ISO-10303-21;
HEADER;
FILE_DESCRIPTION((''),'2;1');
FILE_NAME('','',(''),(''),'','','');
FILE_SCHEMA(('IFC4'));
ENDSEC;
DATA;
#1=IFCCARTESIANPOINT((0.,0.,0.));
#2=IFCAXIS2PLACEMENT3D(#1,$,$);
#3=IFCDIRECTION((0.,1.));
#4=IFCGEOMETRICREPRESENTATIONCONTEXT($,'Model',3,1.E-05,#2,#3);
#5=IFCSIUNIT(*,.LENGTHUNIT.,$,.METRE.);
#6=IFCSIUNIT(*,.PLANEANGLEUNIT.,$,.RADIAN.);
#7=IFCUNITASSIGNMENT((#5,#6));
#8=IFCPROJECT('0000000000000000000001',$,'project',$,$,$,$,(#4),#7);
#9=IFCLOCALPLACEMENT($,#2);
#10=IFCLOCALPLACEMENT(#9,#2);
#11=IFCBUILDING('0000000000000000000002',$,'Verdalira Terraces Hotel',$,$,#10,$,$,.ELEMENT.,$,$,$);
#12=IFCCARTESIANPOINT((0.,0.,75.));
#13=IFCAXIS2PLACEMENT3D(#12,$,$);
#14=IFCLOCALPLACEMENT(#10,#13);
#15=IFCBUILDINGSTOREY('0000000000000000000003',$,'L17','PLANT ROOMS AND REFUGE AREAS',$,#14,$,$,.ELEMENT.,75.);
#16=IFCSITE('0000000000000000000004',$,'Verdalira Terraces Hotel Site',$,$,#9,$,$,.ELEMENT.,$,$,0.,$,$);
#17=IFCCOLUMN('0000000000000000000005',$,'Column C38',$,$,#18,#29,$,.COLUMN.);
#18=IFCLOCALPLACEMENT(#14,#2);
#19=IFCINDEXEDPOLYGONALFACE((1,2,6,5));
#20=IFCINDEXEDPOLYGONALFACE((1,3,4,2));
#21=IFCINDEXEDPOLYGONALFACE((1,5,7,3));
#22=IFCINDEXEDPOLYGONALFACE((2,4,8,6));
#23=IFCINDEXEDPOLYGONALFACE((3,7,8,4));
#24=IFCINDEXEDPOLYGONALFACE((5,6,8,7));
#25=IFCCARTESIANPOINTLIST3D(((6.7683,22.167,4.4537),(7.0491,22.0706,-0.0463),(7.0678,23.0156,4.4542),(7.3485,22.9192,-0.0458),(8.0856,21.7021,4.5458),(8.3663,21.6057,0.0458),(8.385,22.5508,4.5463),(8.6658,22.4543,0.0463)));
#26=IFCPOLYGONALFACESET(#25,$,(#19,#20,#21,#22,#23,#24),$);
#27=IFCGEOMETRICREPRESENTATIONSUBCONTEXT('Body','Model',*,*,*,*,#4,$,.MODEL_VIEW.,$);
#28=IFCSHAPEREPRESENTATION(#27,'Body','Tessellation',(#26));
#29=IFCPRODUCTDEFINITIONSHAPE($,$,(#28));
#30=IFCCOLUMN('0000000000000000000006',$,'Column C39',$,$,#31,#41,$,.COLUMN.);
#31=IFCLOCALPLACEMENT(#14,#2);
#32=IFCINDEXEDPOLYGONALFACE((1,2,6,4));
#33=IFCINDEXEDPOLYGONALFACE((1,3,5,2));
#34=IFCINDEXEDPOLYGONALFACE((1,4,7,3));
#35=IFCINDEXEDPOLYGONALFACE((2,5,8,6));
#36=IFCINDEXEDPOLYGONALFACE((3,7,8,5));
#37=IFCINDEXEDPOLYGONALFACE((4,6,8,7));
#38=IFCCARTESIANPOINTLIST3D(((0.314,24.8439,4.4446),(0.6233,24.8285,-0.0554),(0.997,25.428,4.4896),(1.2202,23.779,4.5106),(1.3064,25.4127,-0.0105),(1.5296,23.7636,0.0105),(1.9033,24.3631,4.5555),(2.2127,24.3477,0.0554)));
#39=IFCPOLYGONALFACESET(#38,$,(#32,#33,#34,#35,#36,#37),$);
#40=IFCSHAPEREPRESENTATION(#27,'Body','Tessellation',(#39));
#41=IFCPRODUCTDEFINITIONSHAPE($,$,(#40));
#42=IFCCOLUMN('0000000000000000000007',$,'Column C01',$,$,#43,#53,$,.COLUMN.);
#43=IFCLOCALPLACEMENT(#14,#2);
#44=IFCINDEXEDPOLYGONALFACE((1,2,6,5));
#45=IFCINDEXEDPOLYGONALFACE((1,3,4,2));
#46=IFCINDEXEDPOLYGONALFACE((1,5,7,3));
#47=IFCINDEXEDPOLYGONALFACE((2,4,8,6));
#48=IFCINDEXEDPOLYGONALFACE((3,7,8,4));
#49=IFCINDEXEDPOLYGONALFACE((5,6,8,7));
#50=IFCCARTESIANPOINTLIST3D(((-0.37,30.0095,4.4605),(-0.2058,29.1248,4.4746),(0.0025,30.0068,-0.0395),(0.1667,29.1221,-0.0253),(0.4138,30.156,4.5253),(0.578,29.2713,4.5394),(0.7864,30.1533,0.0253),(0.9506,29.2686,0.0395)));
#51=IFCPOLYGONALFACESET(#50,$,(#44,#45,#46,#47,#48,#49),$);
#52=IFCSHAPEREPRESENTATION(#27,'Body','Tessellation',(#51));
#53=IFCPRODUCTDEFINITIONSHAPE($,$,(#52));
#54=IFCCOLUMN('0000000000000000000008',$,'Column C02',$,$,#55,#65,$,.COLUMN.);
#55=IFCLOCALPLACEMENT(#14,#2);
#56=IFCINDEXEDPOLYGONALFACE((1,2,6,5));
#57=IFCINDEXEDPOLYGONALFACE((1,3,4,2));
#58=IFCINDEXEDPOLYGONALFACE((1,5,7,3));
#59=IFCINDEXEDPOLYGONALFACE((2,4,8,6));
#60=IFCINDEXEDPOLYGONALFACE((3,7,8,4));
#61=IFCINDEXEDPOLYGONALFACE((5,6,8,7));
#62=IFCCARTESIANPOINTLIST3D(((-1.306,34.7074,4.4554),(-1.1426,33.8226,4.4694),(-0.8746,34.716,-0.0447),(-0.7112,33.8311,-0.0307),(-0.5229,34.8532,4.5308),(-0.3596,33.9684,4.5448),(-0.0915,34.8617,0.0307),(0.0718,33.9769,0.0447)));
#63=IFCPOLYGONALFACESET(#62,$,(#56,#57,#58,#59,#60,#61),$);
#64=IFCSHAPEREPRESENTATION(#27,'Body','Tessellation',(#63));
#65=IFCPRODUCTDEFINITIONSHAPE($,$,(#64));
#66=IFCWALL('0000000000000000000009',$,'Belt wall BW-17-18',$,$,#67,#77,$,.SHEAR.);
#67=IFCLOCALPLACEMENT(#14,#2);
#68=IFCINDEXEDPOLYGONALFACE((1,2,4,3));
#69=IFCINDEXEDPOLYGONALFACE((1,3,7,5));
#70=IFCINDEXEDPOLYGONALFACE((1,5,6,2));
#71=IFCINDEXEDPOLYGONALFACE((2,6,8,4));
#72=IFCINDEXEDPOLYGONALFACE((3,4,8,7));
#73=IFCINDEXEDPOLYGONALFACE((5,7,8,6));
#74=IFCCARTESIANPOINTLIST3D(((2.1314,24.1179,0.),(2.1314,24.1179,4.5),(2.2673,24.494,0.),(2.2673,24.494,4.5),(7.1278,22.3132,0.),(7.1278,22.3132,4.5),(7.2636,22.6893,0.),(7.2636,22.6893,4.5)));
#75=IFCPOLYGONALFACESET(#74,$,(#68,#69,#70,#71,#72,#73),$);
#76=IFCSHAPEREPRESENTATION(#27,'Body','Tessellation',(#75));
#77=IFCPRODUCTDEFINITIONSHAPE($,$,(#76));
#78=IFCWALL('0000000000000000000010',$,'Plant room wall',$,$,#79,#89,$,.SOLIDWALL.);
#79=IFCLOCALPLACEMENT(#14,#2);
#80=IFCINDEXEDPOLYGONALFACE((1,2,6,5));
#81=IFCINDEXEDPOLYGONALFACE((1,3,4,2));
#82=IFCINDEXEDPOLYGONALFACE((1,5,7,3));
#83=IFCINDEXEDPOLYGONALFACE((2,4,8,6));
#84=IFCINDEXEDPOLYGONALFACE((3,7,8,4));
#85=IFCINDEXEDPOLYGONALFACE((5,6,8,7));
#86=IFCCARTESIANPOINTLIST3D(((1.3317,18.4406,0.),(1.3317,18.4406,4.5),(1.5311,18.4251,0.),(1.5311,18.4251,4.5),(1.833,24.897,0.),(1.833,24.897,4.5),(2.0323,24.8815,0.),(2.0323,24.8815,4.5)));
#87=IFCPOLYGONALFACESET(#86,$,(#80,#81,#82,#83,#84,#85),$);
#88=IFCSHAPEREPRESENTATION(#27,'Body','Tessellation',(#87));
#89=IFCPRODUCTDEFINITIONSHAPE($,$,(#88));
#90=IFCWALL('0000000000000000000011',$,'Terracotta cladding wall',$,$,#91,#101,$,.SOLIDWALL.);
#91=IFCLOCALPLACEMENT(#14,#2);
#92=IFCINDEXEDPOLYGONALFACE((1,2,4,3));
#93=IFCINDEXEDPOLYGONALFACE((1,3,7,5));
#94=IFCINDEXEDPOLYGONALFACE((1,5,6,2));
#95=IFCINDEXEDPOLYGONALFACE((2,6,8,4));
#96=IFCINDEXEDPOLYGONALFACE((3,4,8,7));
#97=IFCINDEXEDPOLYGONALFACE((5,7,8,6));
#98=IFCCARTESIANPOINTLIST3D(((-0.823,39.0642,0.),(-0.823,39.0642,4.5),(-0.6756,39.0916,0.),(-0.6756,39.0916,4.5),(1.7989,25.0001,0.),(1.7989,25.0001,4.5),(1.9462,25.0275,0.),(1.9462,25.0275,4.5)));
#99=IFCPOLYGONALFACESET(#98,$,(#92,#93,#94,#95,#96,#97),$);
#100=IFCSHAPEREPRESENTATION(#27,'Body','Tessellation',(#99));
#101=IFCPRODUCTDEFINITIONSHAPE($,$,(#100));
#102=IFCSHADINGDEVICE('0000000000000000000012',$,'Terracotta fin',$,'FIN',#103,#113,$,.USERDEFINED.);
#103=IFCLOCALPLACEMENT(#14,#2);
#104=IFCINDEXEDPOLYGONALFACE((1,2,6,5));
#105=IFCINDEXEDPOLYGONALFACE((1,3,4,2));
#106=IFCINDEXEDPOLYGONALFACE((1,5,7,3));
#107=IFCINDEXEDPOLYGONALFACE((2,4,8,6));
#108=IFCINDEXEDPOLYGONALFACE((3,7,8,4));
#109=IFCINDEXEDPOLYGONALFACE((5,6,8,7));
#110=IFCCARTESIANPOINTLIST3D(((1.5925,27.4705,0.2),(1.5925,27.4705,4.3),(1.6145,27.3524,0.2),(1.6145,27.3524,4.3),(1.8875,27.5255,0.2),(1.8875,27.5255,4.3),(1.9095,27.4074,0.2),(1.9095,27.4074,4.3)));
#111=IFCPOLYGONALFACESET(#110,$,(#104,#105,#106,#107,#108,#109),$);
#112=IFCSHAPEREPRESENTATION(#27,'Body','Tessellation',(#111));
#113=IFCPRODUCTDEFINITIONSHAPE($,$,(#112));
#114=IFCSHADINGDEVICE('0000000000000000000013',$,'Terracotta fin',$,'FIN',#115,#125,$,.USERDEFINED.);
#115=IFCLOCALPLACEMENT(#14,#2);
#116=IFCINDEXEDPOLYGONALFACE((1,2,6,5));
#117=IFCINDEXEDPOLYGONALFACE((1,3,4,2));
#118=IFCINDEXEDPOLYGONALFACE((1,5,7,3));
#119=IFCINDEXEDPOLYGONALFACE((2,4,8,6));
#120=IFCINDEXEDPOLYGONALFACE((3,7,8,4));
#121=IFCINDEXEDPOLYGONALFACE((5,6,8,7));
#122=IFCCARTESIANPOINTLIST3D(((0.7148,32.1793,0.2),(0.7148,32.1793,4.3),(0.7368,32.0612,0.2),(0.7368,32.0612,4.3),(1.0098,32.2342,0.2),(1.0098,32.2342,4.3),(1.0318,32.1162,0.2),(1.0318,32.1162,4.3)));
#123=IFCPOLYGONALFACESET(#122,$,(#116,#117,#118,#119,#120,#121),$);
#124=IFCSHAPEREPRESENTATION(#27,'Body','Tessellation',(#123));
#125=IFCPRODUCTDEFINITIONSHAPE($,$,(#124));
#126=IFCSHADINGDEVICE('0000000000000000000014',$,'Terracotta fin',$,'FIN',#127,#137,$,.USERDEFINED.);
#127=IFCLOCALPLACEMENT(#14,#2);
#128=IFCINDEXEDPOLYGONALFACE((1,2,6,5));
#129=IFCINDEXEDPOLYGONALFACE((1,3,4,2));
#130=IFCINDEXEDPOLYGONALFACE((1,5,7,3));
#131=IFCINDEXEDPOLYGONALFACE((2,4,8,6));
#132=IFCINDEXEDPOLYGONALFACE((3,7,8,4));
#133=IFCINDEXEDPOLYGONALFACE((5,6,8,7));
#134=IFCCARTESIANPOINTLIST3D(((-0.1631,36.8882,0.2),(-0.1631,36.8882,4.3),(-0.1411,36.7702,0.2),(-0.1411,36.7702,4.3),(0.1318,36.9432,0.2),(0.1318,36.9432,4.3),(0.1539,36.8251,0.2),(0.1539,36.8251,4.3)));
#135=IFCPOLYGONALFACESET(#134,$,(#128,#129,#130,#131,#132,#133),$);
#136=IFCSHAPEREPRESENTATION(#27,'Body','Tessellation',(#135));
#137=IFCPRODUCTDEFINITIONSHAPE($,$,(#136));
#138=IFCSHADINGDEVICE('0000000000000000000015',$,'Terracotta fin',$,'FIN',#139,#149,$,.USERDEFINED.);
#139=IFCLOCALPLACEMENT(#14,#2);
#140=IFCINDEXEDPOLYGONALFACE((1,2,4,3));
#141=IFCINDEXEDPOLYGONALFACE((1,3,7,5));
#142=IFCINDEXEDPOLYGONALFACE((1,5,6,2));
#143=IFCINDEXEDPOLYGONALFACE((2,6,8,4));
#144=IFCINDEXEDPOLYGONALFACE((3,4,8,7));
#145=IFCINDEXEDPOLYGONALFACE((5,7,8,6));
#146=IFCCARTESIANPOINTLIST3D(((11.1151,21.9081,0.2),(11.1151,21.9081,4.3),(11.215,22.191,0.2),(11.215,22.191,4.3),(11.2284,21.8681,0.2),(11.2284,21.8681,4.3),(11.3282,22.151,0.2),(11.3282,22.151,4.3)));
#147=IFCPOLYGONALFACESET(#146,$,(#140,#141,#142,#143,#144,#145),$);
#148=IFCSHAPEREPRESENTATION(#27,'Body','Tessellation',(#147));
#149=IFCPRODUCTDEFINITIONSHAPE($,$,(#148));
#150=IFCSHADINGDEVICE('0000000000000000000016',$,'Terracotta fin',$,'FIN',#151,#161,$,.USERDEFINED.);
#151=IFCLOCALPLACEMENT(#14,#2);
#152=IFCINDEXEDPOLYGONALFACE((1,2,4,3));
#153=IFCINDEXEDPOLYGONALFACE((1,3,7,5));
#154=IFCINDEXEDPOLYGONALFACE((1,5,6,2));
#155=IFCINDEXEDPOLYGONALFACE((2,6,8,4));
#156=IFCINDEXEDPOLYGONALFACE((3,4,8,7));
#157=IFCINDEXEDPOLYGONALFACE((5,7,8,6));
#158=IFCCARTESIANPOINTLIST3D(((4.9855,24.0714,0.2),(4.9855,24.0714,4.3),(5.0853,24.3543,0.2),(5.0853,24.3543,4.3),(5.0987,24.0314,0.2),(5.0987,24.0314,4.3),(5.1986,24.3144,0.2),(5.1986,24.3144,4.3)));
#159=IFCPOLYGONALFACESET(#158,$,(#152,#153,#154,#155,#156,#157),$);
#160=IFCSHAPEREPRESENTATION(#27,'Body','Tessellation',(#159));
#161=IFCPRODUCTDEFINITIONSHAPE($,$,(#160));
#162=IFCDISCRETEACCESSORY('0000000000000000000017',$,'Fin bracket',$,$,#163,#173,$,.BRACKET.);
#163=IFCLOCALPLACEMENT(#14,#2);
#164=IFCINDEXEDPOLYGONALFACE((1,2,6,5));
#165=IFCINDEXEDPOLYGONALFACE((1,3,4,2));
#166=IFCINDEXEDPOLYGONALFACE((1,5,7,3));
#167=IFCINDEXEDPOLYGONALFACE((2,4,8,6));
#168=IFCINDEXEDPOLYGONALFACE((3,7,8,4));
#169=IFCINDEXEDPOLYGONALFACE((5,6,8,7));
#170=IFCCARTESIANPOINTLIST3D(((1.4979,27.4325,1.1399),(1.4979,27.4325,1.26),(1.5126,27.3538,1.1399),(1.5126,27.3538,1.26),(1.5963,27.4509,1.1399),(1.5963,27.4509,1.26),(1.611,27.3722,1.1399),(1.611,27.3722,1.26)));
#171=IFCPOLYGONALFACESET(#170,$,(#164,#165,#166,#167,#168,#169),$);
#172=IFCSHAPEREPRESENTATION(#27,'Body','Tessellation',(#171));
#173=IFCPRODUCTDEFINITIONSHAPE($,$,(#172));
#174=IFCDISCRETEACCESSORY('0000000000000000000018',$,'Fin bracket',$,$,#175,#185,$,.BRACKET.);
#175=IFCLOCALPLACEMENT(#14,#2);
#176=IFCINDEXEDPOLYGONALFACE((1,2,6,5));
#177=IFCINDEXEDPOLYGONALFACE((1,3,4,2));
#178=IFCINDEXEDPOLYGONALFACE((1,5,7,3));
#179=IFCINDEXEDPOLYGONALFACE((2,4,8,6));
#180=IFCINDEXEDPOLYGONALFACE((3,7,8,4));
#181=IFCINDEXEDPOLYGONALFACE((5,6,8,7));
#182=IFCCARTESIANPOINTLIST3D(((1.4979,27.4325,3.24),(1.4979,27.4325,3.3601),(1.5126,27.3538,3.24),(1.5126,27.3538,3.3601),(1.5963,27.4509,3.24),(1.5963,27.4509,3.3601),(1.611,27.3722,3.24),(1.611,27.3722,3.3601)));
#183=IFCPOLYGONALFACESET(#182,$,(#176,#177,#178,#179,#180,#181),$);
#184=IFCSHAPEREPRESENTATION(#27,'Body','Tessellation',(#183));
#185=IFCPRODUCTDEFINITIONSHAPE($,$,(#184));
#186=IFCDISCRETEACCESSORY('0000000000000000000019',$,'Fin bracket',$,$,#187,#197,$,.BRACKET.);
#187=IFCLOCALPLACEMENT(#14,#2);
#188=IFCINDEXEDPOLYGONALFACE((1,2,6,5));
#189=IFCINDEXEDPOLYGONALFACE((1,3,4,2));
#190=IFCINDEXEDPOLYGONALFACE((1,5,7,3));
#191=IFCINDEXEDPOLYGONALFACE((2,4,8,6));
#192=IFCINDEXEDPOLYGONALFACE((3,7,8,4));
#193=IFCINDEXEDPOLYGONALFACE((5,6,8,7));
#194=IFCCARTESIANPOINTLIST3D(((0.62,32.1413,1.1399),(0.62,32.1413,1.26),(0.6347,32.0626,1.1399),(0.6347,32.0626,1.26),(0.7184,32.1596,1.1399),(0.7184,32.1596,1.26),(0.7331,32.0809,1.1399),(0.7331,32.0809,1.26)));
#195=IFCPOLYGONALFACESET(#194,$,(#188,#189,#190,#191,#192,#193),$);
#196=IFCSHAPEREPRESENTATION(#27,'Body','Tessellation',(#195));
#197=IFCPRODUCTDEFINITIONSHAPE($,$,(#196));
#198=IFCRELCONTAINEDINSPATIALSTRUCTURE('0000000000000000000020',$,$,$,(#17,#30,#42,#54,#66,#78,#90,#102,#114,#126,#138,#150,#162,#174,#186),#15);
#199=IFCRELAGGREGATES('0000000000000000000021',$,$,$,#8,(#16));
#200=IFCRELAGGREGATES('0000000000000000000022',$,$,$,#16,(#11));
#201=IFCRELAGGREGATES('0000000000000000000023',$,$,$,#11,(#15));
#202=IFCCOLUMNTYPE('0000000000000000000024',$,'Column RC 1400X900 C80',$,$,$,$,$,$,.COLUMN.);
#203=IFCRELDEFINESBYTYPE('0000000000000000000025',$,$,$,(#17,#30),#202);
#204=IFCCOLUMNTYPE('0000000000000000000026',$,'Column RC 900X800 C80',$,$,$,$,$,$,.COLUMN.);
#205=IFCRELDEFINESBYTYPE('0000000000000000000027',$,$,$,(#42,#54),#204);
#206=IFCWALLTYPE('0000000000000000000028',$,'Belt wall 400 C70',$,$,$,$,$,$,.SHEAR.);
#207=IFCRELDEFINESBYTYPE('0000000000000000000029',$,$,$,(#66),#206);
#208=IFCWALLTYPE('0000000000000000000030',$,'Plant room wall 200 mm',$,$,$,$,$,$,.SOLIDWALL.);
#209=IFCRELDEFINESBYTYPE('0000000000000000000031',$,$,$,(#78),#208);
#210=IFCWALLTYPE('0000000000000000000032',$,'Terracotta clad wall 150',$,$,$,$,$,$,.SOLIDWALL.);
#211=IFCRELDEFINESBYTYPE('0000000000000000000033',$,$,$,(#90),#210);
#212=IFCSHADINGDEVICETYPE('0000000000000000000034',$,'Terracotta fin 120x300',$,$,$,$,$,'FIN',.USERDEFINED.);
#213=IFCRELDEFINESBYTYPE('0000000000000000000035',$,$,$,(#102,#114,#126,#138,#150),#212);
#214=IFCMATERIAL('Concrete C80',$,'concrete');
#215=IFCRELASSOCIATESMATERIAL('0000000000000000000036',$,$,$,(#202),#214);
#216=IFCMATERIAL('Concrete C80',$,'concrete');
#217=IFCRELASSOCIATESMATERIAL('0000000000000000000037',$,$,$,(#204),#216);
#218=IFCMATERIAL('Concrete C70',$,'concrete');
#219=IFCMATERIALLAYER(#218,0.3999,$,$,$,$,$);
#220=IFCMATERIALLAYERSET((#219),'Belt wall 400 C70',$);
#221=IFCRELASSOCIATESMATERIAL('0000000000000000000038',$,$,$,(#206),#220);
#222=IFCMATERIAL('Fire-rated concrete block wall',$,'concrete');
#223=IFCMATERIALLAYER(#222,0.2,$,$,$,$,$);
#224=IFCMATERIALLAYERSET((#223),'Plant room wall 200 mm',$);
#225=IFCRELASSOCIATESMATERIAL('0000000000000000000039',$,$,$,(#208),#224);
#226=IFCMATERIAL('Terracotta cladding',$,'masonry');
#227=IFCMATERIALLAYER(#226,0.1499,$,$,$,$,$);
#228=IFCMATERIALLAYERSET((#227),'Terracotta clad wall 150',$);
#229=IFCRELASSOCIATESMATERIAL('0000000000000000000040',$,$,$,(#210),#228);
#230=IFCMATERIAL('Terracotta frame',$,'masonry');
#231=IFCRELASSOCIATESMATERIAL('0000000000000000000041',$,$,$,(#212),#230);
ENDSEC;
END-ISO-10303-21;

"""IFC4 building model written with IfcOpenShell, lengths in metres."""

from ifc_helpers import new_model, si_unit, direction, frame, frame_2d, origin, origin_2d, place, context, subcontext, project, spatial, rectangle, extrude, material, layer, layer_set, material_profile, profile_set, type_object, element, save


model = new_model("IFC4")

# Units and contexts
model_context = context("Model", 3, precision=1e-05, world=origin(), true_north=direction((0.0, 1.0)))
body_context = subcontext(model_context, "Body", "Model", "MODEL_VIEW")
ifc_project = project(units=[si_unit("LENGTHUNIT", "METRE"), si_unit("PLANEANGLEUNIT", "RADIAN")], contexts=[model_context])

# Site, building, storey
site_placement = place(None, origin())
site = spatial("IfcSite", under=ifc_project, at=site_placement, Name="Verdalira Terraces Hotel Site", CompositionType="ELEMENT", RefElevation=0.0)
building_placement = place(site_placement, origin())
building = spatial("IfcBuilding", under=site, at=building_placement, Name="Verdalira Terraces Hotel", CompositionType="ELEMENT")
storey_placement = place(building_placement, frame((0.0, 0.0, 75.0)))
storey = spatial("IfcBuildingStorey", under=building, at=storey_placement, Name="L17", Description="PLANT ROOMS AND REFUGE AREAS", CompositionType="ELEMENT", Elevation=75.0)

# Columns
ifc_material_1 = material(Name="Concrete C80", Category="concrete")
ifc_material_profile_1 = material_profile(ifc_material_1, rectangle(XDim=1.3999, YDim=0.8999, at=origin_2d()), Name="RC 1400X900")
ifc_profile_set_1 = profile_set([ifc_material_profile_1], Name="Concrete C80")
column_type_1 = type_object("IfcColumnType", Name="Column RC 1400X900 C80", PredefinedType="COLUMN", material=ifc_profile_set_1)
column_1_placement = place(storey_placement, frame((7.8574, 22.2625, 0.0), z_axis=(-0.062256, 0.021384, 0.997831), x_axis=(-0.940954, 0.332074, -0.065824)))
element("IfcColumn", 1, at=column_1_placement, inside=storey, type_object=column_type_1, Name="Column C38", PredefinedType="COLUMN", context=body_context, shape_type="SweptSolid", body=[
    extrude(rectangle(XDim=1.3999, YDim=0.8999, at=origin_2d()), origin(), (0.0, 0.0, 1.0), 4.5098),
])
column_2_placement = place(storey_placement, frame((1.418, 24.5881, 0.0), z_axis=(-0.068577, 0.00341, 0.99764), x_axis=(0.647382, -0.760709, 0.047101)))
element("IfcColumn", 2, at=column_2_placement, inside=storey, type_object=column_type_1, Name="Column C39", PredefinedType="COLUMN", context=body_context, shape_type="SweptSolid", body=[
    extrude(rectangle(XDim=1.3999, YDim=0.8999, at=origin_2d()), origin(), (0.0, 0.0, 1.0), 4.5107),
])
ifc_material_2 = material(Name="Concrete C80", Category="concrete")
ifc_material_profile_2 = material_profile(ifc_material_2, rectangle(XDim=0.8999, YDim=0.8, at=origin_2d()), Name="RC 900X800")
ifc_profile_set_2 = profile_set([ifc_material_profile_2], Name="Concrete C80")
column_type_2 = type_object("IfcColumnType", Name="Column RC 900X800 C80", PredefinedType="COLUMN", material=ifc_profile_set_2)
column_3_placement = place(storey_placement, frame((0.4766, 29.6377, 0.0), z_axis=(-0.082508, 0.000595, 0.99659), x_axis=(-0.182472, 0.983086, -0.015694)))
element("IfcColumn", 3, at=column_3_placement, inside=storey, type_object=column_type_2, Name="Column C01", PredefinedType="COLUMN", context=body_context, shape_type="SweptSolid", body=[
    extrude(rectangle(XDim=0.8999, YDim=0.8, at=origin_2d()), origin(), (0.0, 0.0, 1.0), 4.5154),
])
column_4_placement = place(storey_placement, frame((-0.4014, 34.3464, 0.0), z_axis=(-0.095428, -0.00189, 0.995435), x_axis=(-0.181546, 0.98326, -0.015537)))
element("IfcColumn", 4, at=column_4_placement, inside=storey, type_object=column_type_2, Name="Column C02", PredefinedType="COLUMN", context=body_context, shape_type="SweptSolid", body=[
    extrude(rectangle(XDim=0.8999, YDim=0.8, at=origin_2d()), origin(), (0.0, 0.0, 1.0), 4.5208),
])

# Walls
ifc_material_3 = material(Name="Concrete C70", Category="concrete")
ifc_layer_1 = layer(ifc_material_3, 0.3999)
ifc_layer_set_1 = layer_set([ifc_layer_1], Name="Belt wall 400 C70")
wall_type_1 = type_object("IfcWallType", Name="Belt wall 400 C70", PredefinedType="SHEAR", material=ifc_layer_set_1)
wall_1_placement = place(storey_placement, frame((7.1958, 22.5012, 0.0), z_axis=(0.0, 0.0, 1.0), x_axis=(-0.940527, 0.33972, 0.0)))
element("IfcWall", 5, at=wall_1_placement, inside=storey, type_object=wall_type_1, Name="Belt wall BW-17-18", PredefinedType="SHEAR", context=body_context, shape_type="SweptSolid", body=[
    extrude(rectangle(XDim=5.3123, YDim=0.3999, at=frame_2d((2.6562, 0.0))), origin(), (0.0, 0.0, 1.0), 4.5),
])
ifc_material_4 = material(Name="Fire-rated concrete block wall", Category="concrete")
ifc_layer_2 = layer(ifc_material_4, 0.2)
ifc_layer_set_2 = layer_set([ifc_layer_2], Name="Plant room wall 200 mm")
wall_type_2 = type_object("IfcWallType", Name="Plant room wall 200 mm", PredefinedType="SOLIDWALL", material=ifc_layer_set_2)
wall_2_placement = place(storey_placement, frame((1.9326, 24.8892, 0.0), z_axis=(0.0, 0.0, 1.0), x_axis=(-0.0774, -0.997, 0.0)))
element("IfcWall", 6, at=wall_2_placement, inside=storey, type_object=wall_type_2, Name="Plant room wall", PredefinedType="SOLIDWALL", context=body_context, shape_type="SweptSolid", body=[
    extrude(rectangle(XDim=6.4758, YDim=0.2, at=frame_2d((3.2378, 0.0))), origin(), (0.0, 0.0, 1.0), 4.5),
])
ifc_material_5 = material(Name="Terracotta cladding", Category="masonry")
ifc_layer_3 = layer(ifc_material_5, 0.1499)
ifc_layer_set_3 = layer_set([ifc_layer_3], Name="Terracotta clad wall 150")
wall_type_3 = type_object("IfcWallType", Name="Terracotta clad wall 150", PredefinedType="SOLIDWALL", material=ifc_layer_set_3)
wall_3_placement = place(storey_placement, frame((1.8726, 25.0137, 0.0), z_axis=(0.0, 0.0, 1.0), x_axis=(-0.183261, 0.983064, 0.0)))
element("IfcWall", 7, at=wall_3_placement, inside=storey, type_object=wall_type_3, Name="Terracotta cladding wall", PredefinedType="SOLIDWALL", context=body_context, shape_type="SweptSolid", body=[
    extrude(rectangle(XDim=14.3064, YDim=0.1499, at=frame_2d((7.1533, 0.0))), origin(), (0.0, 0.0, 1.0), 4.5),
])

# Shading devices
ifc_material_6 = material(Name="Terracotta frame", Category="masonry")
ifc_material_profile_3 = material_profile(ifc_material_6, rectangle(XDim=0.1201, YDim=0.3, at=origin_2d()), Name="FIN 120x300")
ifc_profile_set_3 = profile_set([ifc_material_profile_3], Name="Terracotta frame")
shading_device_type = type_object("IfcShadingDeviceType", Name="Terracotta fin 120x300", ElementType="FIN", PredefinedType="USERDEFINED", material=ifc_profile_set_3)
for number, where, z_axis, x_axis, name in (
    (8, (1.751, 27.439, 0.2), (0.0, 0.0, 1.0), (-0.183265, 0.983064, 0.0), "Terracotta fin"),
    (9, (0.8733, 32.1477, 0.2), (0.0, 0.0, 1.0), (-0.183265, 0.983064, 0.0), "Terracotta fin"),
    (10, (-0.0046, 36.8567, 0.2), (0.0, 0.0, 1.0), (-0.183265, 0.983064, 0.0), "Terracotta fin"),
    (11, (11.2217, 22.0295, 0.2), (0.0, 0.0, 1.0), (-0.942991, 0.33282, 0.0), "Terracotta fin"),
    (12, (5.092, 24.1929, 0.2), (0.0, 0.0, 1.0), (-0.942991, 0.33282, 0.0), "Terracotta fin"),
):
    element("IfcShadingDevice", number, at=place(storey_placement, frame(where, z_axis=z_axis, x_axis=x_axis)), inside=storey, type_object=shading_device_type, Name=name, ObjectType="FIN", PredefinedType="USERDEFINED", context=body_context, shape_type="SweptSolid", body=[
        extrude(rectangle(XDim=0.1201, YDim=0.3, at=origin_2d()), origin(), (0.0, 0.0, 1.0), 4.1001),
    ])

# Discrete accessories
for number, where, z_axis, x_axis, name in (
    (13, (1.5544, 27.4023, 1.1399), (0.0, 0.0, 1.0), (-0.183265, 0.983064, 0.0), "Fin bracket"),
    (14, (1.5544, 27.4023, 3.24), (0.0, 0.0, 1.0), (-0.183265, 0.983064, 0.0), "Fin bracket"),
    (15, (0.6765, 32.1111, 1.1399), (0.0, 0.0, 1.0), (-0.183265, 0.983064, 0.0), "Fin bracket"),
):
    element("IfcDiscreteAccessory", number, at=place(storey_placement, frame(where, z_axis=z_axis, x_axis=x_axis)), inside=storey, Name=name, PredefinedType="BRACKET", context=body_context, shape_type="SweptSolid", body=[
        extrude(rectangle(XDim=0.0801, YDim=0.1001, at=origin_2d()), origin(), (0.0, 0.0, 1.0), 0.1201),
    ])

save(model, "model.ifc")
